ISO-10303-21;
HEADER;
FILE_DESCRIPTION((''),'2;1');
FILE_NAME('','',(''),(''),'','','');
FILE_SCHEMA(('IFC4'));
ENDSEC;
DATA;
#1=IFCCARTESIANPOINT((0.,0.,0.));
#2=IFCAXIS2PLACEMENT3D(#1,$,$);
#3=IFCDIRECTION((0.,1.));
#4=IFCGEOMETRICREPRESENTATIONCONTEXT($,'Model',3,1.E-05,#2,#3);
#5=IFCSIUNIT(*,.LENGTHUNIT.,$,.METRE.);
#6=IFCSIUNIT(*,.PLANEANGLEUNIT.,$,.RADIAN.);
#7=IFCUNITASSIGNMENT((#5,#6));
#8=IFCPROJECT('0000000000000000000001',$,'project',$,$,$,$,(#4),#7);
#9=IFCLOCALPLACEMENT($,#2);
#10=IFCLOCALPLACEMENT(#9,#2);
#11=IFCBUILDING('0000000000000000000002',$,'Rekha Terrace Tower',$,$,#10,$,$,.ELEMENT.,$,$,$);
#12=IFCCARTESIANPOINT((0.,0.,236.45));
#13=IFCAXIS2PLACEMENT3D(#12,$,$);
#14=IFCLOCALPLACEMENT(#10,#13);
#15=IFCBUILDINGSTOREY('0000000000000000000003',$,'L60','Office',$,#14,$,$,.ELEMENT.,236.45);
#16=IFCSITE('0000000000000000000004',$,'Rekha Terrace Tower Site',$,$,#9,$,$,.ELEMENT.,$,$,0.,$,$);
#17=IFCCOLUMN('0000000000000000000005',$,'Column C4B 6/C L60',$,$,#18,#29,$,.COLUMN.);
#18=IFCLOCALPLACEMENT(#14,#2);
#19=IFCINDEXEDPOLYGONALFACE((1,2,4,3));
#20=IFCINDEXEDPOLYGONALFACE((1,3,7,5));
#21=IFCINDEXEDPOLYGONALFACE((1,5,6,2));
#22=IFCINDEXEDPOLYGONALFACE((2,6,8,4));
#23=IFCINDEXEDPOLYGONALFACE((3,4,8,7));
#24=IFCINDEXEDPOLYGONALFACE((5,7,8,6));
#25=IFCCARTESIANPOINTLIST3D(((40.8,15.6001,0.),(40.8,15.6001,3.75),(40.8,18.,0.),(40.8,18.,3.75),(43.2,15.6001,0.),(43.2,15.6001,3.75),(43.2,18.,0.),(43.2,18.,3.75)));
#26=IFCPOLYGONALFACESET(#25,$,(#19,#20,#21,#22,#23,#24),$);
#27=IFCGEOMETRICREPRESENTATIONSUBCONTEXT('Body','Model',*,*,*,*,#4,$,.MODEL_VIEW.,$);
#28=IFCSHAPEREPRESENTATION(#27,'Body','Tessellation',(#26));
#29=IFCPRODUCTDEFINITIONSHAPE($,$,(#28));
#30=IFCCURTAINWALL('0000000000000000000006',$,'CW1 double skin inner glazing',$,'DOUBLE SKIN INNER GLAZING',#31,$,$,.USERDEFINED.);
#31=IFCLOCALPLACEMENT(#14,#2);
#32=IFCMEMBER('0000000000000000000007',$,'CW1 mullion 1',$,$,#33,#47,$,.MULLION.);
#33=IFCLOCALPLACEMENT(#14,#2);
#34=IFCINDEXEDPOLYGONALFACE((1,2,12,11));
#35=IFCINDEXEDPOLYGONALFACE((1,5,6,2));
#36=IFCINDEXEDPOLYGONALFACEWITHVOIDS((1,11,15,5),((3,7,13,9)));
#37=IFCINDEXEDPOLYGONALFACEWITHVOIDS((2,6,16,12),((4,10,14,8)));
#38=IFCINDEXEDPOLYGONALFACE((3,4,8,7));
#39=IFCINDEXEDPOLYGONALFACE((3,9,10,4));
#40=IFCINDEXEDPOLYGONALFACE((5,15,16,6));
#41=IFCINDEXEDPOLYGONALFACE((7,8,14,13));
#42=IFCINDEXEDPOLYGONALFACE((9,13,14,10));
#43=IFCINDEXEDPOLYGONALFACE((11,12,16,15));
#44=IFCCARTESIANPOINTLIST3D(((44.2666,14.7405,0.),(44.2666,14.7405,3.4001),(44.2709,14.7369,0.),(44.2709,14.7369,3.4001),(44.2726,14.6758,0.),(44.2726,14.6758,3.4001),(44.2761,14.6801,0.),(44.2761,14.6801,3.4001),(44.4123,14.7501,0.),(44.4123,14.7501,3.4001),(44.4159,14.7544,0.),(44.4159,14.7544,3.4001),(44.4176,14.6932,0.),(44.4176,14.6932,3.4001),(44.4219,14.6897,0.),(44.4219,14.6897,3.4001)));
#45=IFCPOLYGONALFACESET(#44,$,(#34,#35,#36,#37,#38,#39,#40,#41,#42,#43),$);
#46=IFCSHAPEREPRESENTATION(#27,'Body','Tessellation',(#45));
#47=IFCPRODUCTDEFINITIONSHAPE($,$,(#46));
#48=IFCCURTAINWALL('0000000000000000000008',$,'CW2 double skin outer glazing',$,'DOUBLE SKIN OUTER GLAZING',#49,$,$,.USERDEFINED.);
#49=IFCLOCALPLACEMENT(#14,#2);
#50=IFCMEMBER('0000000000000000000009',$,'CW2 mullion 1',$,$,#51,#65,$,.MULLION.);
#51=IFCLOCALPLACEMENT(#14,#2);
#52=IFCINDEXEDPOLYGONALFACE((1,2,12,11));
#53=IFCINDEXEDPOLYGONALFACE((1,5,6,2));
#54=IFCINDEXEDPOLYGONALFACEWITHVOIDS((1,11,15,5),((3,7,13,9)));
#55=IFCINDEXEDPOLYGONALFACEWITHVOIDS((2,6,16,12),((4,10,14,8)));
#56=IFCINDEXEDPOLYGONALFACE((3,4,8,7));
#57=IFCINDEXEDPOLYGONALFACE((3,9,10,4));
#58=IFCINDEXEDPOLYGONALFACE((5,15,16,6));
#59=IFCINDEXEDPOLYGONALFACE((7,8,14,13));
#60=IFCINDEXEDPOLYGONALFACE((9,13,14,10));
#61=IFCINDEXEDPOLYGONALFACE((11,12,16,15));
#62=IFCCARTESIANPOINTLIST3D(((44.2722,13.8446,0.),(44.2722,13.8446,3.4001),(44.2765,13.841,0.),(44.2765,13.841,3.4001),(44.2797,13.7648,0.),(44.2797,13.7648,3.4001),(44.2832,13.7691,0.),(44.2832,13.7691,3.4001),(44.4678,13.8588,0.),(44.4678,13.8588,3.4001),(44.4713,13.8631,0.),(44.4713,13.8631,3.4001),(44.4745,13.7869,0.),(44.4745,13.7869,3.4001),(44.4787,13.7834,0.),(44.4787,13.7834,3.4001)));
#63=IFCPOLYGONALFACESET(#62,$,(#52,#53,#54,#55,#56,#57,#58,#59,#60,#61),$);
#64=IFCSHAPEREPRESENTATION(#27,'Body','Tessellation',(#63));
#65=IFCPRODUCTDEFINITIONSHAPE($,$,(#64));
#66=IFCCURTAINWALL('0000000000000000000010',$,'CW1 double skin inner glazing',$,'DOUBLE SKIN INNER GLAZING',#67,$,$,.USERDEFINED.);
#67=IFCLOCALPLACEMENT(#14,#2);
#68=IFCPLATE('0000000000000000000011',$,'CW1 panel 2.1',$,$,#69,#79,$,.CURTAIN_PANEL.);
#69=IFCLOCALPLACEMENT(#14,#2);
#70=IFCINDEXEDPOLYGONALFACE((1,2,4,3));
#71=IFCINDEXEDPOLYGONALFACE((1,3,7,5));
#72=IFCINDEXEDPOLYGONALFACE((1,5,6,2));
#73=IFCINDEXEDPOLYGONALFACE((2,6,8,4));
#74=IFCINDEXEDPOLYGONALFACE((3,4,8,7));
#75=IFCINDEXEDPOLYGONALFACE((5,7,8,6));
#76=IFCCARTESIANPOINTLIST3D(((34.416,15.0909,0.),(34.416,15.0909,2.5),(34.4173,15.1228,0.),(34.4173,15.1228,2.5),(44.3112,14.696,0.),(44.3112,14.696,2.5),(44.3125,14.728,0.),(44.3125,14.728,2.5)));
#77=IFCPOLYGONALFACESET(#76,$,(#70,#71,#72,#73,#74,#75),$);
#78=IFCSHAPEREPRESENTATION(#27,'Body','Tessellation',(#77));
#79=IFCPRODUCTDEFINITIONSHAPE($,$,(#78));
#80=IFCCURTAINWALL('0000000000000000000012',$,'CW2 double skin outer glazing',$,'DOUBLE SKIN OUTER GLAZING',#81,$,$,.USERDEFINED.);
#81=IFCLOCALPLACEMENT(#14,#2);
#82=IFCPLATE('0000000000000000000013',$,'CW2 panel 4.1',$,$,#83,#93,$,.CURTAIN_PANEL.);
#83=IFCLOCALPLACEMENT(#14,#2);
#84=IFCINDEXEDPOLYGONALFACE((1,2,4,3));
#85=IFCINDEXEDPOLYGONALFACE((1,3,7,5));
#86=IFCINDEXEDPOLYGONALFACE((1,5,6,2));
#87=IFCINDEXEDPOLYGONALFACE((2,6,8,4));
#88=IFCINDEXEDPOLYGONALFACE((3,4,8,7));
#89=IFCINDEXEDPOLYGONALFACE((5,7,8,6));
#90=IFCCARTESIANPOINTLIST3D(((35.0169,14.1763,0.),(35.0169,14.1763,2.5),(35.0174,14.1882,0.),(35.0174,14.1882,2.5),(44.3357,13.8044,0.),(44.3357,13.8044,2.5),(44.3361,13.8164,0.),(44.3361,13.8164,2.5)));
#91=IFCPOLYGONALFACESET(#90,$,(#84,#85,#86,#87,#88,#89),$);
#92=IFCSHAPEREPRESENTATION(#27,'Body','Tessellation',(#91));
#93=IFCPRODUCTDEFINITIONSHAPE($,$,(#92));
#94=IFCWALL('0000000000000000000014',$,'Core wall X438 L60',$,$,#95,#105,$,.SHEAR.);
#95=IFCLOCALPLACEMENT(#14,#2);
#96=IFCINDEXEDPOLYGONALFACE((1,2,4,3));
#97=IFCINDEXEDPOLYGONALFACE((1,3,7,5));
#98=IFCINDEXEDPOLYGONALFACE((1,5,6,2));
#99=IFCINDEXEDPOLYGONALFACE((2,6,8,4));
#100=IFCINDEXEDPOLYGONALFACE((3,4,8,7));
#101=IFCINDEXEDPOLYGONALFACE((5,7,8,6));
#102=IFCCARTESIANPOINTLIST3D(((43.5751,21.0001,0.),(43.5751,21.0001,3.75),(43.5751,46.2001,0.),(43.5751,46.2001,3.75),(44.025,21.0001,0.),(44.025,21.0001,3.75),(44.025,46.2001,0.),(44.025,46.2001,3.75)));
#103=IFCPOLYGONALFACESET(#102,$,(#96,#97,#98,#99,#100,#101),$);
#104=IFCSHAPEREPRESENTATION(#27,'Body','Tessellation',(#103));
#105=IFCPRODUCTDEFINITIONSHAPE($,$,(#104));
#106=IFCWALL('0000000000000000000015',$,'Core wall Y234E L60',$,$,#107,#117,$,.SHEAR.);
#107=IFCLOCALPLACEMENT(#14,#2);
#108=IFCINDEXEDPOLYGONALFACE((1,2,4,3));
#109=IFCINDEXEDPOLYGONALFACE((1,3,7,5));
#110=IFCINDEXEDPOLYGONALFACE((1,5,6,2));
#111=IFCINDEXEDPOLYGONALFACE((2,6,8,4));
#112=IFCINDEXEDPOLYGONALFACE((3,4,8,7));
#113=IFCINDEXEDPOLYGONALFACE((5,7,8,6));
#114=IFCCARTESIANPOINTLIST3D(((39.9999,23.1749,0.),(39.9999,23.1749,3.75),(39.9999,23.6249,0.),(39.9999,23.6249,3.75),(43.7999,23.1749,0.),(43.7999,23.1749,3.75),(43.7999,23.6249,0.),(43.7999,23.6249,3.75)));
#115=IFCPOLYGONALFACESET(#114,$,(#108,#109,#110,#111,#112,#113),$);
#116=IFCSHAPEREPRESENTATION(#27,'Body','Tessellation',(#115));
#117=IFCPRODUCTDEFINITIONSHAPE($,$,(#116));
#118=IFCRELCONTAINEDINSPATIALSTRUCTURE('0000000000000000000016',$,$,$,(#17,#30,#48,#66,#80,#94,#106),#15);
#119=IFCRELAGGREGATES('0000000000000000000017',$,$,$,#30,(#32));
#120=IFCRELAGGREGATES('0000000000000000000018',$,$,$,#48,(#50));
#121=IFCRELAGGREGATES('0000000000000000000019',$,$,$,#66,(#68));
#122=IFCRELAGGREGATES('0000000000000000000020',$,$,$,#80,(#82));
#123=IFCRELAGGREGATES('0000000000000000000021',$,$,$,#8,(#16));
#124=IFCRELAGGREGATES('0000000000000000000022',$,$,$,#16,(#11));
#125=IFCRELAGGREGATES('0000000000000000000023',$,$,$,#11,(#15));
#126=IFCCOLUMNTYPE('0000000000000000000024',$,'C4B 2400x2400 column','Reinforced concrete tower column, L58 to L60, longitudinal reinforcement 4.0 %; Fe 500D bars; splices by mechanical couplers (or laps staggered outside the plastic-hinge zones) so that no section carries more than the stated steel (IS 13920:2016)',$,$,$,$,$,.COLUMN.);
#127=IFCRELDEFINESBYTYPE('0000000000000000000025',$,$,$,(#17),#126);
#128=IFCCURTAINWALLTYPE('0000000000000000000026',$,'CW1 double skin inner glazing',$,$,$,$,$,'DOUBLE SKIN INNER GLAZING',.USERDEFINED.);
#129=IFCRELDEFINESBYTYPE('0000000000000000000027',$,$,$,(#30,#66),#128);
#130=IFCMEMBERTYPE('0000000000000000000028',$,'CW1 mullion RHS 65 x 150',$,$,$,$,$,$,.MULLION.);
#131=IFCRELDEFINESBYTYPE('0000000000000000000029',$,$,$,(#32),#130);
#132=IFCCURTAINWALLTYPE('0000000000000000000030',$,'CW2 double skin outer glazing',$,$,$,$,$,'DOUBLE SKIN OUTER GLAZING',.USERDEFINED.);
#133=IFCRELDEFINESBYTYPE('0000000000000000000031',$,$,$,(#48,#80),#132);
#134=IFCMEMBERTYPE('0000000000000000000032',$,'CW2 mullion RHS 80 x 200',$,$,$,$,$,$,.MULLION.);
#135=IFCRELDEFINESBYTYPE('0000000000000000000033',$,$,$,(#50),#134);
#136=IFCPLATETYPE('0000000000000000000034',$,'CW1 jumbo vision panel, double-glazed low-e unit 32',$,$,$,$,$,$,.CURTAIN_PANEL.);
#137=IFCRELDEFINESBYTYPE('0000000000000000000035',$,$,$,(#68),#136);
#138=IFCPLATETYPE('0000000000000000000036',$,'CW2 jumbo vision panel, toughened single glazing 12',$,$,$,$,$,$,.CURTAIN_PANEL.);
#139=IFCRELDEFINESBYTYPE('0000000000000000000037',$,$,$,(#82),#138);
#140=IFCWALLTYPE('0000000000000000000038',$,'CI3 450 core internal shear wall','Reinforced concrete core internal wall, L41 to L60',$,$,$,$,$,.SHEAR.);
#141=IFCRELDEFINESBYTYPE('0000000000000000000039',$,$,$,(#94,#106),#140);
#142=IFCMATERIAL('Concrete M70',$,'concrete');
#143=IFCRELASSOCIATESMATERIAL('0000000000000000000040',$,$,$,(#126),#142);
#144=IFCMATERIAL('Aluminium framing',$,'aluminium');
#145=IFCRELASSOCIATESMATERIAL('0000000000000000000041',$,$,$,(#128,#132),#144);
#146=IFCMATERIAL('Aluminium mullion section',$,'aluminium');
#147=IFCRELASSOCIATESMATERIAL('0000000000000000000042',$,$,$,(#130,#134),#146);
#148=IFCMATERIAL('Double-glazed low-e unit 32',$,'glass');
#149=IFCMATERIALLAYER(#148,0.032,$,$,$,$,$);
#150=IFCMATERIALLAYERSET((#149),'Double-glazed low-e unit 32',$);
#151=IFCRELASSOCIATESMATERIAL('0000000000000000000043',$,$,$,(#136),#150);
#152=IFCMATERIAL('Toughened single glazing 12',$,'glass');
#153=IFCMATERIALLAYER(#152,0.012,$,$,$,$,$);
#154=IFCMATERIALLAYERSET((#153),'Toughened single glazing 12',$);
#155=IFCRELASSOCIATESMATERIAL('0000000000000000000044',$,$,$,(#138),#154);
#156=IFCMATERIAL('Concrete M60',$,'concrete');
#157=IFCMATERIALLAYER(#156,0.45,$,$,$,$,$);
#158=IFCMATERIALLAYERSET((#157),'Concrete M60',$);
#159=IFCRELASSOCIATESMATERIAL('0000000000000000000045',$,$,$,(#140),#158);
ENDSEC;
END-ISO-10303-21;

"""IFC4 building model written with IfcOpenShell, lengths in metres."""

from ifc_helpers import new_model, si_unit, direction, frame, frame_2d, origin, origin_2d, place, context, subcontext, project, spatial, rectangle, hollow_rectangle, extrude, material, layer, layer_set, material_profile, profile_set, type_object, element, aggregate, save


model = new_model("IFC4")

# Units and contexts
model_context = context("Model", 3, precision=1e-05, world=origin(), true_north=direction((0.0, 1.0)))
body_context = subcontext(model_context, "Body", "Model", "MODEL_VIEW")
ifc_project = project(units=[si_unit("LENGTHUNIT", "METRE"), si_unit("PLANEANGLEUNIT", "RADIAN")], contexts=[model_context])

# Site, building, storey
site_placement = place(None, origin())
site = spatial("IfcSite", under=ifc_project, at=site_placement, Name="Rekha Terrace Tower Site", CompositionType="ELEMENT", RefElevation=0.0)
building_placement = place(site_placement, origin())
building = spatial("IfcBuilding", under=site, at=building_placement, Name="Rekha Terrace Tower", CompositionType="ELEMENT")
storey_placement = place(building_placement, frame((0.0, 0.0, 236.45)))
storey = spatial("IfcBuildingStorey", under=building, at=storey_placement, Name="L60", Description="Office", CompositionType="ELEMENT", Elevation=236.45)

# Column
ifc_material_1 = material(Name="Concrete M70", Category="concrete")
ifc_material_profile_1 = material_profile(ifc_material_1, rectangle(XDim=2.3999, YDim=2.3999, at=origin_2d()), Name="RC 2400x2400")
ifc_profile_set_1 = profile_set([ifc_material_profile_1], Name="Concrete M70")
column_type = type_object("IfcColumnType", Name="C4B 2400x2400 column", Description="Reinforced concrete tower column, L58 to L60, longitudinal reinforcement 4.0 %; Fe 500D bars; splices by mechanical couplers (or laps staggered outside the plastic-hinge zones) so that no section carries more than the stated steel (IS 13920:2016)", PredefinedType="COLUMN", material=ifc_profile_set_1)
column_placement = place(storey_placement, frame((42.0, 16.8, 0.0), z_axis=(0.0, 0.0, 1.0), x_axis=(1.0, 0.0, 0.0)))
element("IfcColumn", 1, at=column_placement, inside=storey, type_object=column_type, Name="Column C4B 6/C L60", PredefinedType="COLUMN", context=body_context, shape_type="SweptSolid", body=[
    extrude(rectangle(XDim=2.3999, YDim=2.3999, at=origin_2d()), origin(), (0.0, 0.0, 1.0), 3.75),
])

# Curtain walls, members
ifc_material_2 = material(Name="Aluminium framing", Category="aluminium")
curtain_wall_type_1 = type_object("IfcCurtainWallType", Name="CW1 double skin inner glazing", ElementType="DOUBLE SKIN INNER GLAZING", PredefinedType="USERDEFINED", material=ifc_material_2)
curtain_wall_1_placement = place(storey_placement, origin())
curtain_wall_1 = element("IfcCurtainWall", 2, at=curtain_wall_1_placement, inside=storey, type_object=curtain_wall_type_1, Name="CW1 double skin inner glazing", ObjectType="DOUBLE SKIN INNER GLAZING", PredefinedType="USERDEFINED")
ifc_material_3 = material(Name="Aluminium mullion section", Category="aluminium")
ifc_material_profile_2 = material_profile(ifc_material_3, hollow_rectangle(XDim=0.0649, YDim=0.1499, WallThickness=0.0039, at=origin_2d()), Name="AL RHS 65x150")
ifc_profile_set_2 = profile_set([ifc_material_profile_2], Name="Aluminium mullion section")
member_type_1 = type_object("IfcMemberType", Name="CW1 mullion RHS 65 x 150", PredefinedType="MULLION", material=ifc_profile_set_2)
member_1_placement = place(storey_placement, frame((44.3442, 14.7151, 0.0), z_axis=(0.0, 0.0, 1.0), x_axis=(-0.092709, 0.995693, 0.0)))
member_1 = element("IfcMember", 3, at=member_1_placement, type_object=member_type_1, Name="CW1 mullion 1", PredefinedType="MULLION", context=body_context, shape_type="SweptSolid", body=[
    extrude(hollow_rectangle(XDim=0.0649, YDim=0.1499, WallThickness=0.0039, at=origin_2d()), origin(), (0.0, 0.0, 1.0), 3.4001),
])
aggregate(curtain_wall_1, [member_1])
curtain_wall_type_2 = type_object("IfcCurtainWallType", Name="CW2 double skin outer glazing", ElementType="DOUBLE SKIN OUTER GLAZING", PredefinedType="USERDEFINED", material=ifc_material_2)
curtain_wall_2_placement = place(storey_placement, origin())
curtain_wall_2 = element("IfcCurtainWall", 4, at=curtain_wall_2_placement, inside=storey, type_object=curtain_wall_type_2, Name="CW2 double skin outer glazing", ObjectType="DOUBLE SKIN OUTER GLAZING", PredefinedType="USERDEFINED")
ifc_material_profile_3 = material_profile(ifc_material_3, hollow_rectangle(XDim=0.0801, YDim=0.2, WallThickness=0.0039, at=origin_2d()), Name="AL RHS 80x200")
ifc_profile_set_3 = profile_set([ifc_material_profile_3], Name="Aluminium mullion section")
member_type_2 = type_object("IfcMemberType", Name="CW2 mullion RHS 80 x 200", PredefinedType="MULLION", material=ifc_profile_set_3)
member_2_placement = place(storey_placement, frame((44.3755, 13.814, 0.0), z_axis=(0.0, 0.0, 1.0), x_axis=(-0.092709, 0.995693, 0.0)))
member_2 = element("IfcMember", 5, at=member_2_placement, type_object=member_type_2, Name="CW2 mullion 1", PredefinedType="MULLION", context=body_context, shape_type="SweptSolid", body=[
    extrude(hollow_rectangle(XDim=0.0801, YDim=0.2, WallThickness=0.0039, at=origin_2d()), origin(), (0.0, 0.0, 1.0), 3.4001),
])
aggregate(curtain_wall_2, [member_2])

# Curtain walls, plates
curtain_wall_3_placement = place(storey_placement, origin())
curtain_wall_3 = element("IfcCurtainWall", 6, at=curtain_wall_3_placement, inside=storey, type_object=curtain_wall_type_1, Name="CW1 double skin inner glazing", ObjectType="DOUBLE SKIN INNER GLAZING", PredefinedType="USERDEFINED")
ifc_material_4 = material(Name="Double-glazed low-e unit 32", Category="glass")
ifc_layer_1 = layer(ifc_material_4, 0.032)
ifc_layer_set_1 = layer_set([ifc_layer_1], Name="Double-glazed low-e unit 32")
plate_type_1 = type_object("IfcPlateType", Name="CW1 jumbo vision panel, double-glazed low-e unit 32", PredefinedType="CURTAIN_PANEL", material=ifc_layer_set_1)
plate_1_placement = place(storey_placement, frame((39.3643, 14.9094, 0.0), z_axis=(0.0, 0.0, 1.0), x_axis=(0.999205, -0.039872, 0.0)))
plate_1 = element("IfcPlate", 7, at=plate_1_placement, type_object=plate_type_1, Name="CW1 panel 2.1", PredefinedType="CURTAIN_PANEL", context=body_context, shape_type="SweptSolid", body=[
    extrude(rectangle(XDim=9.9031, YDim=0.032, at=origin_2d()), origin(), (0.0, 0.0, 1.0), 2.5),
])
aggregate(curtain_wall_3, [plate_1])
curtain_wall_4_placement = place(storey_placement, origin())
curtain_wall_4 = element("IfcCurtainWall", 8, at=curtain_wall_4_placement, inside=storey, type_object=curtain_wall_type_2, Name="CW2 double skin outer glazing", ObjectType="DOUBLE SKIN OUTER GLAZING", PredefinedType="USERDEFINED")
ifc_material_5 = material(Name="Toughened single glazing 12", Category="glass")
ifc_layer_2 = layer(ifc_material_5, 0.012)
ifc_layer_set_2 = layer_set([ifc_layer_2], Name="Toughened single glazing 12")
plate_type_2 = type_object("IfcPlateType", Name="CW2 jumbo vision panel, toughened single glazing 12", PredefinedType="CURTAIN_PANEL", material=ifc_layer_set_2)
plate_2_placement = place(storey_placement, frame((39.6765, 13.9963, 0.0), z_axis=(0.0, 0.0, 1.0), x_axis=(0.999205, -0.039872, 0.0)))
plate_2 = element("IfcPlate", 9, at=plate_2_placement, type_object=plate_type_2, Name="CW2 panel 4.1", PredefinedType="CURTAIN_PANEL", context=body_context, shape_type="SweptSolid", body=[
    extrude(rectangle(XDim=9.3262, YDim=0.012, at=origin_2d()), origin(), (0.0, 0.0, 1.0), 2.5),
])
aggregate(curtain_wall_4, [plate_2])

# Walls
ifc_material_6 = material(Name="Concrete M60", Category="concrete")
ifc_layer_3 = layer(ifc_material_6, 0.45)
ifc_layer_set_3 = layer_set([ifc_layer_3], Name="Concrete M60")
wall_type_1 = type_object("IfcWallType", Name="CI3 450 core internal shear wall", Description="Reinforced concrete core internal wall, L41 to L60", PredefinedType="SHEAR", material=ifc_layer_set_3)
wall_1_placement = place(storey_placement, frame((43.8, 21.0, 0.0), z_axis=(0.0, 0.0, 1.0), x_axis=(0.0, 1.0, 0.0)))
element("IfcWall", 10, at=wall_1_placement, inside=storey, type_object=wall_type_1, Name="Core wall X438 L60", PredefinedType="SHEAR", context=body_context, shape_type="SweptSolid", body=[
    extrude(rectangle(XDim=25.2, YDim=0.45, at=frame_2d((12.6001, 0.0))), origin(), (0.0, 0.0, 1.0), 3.75),
])
wall_2_placement = place(storey_placement, frame((40.0, 23.3999, 0.0), z_axis=(0.0, 0.0, 1.0), x_axis=(1.0, 0.0, 0.0)))
element("IfcWall", 11, at=wall_2_placement, inside=storey, type_object=wall_type_1, Name="Core wall Y234E L60", PredefinedType="SHEAR", context=body_context, shape_type="SweptSolid", body=[
    extrude(rectangle(XDim=3.8, YDim=0.45, at=frame_2d((1.8999, 0.0))), origin(), (0.0, 0.0, 1.0), 3.75),
])

save(model, "model.ifc")
